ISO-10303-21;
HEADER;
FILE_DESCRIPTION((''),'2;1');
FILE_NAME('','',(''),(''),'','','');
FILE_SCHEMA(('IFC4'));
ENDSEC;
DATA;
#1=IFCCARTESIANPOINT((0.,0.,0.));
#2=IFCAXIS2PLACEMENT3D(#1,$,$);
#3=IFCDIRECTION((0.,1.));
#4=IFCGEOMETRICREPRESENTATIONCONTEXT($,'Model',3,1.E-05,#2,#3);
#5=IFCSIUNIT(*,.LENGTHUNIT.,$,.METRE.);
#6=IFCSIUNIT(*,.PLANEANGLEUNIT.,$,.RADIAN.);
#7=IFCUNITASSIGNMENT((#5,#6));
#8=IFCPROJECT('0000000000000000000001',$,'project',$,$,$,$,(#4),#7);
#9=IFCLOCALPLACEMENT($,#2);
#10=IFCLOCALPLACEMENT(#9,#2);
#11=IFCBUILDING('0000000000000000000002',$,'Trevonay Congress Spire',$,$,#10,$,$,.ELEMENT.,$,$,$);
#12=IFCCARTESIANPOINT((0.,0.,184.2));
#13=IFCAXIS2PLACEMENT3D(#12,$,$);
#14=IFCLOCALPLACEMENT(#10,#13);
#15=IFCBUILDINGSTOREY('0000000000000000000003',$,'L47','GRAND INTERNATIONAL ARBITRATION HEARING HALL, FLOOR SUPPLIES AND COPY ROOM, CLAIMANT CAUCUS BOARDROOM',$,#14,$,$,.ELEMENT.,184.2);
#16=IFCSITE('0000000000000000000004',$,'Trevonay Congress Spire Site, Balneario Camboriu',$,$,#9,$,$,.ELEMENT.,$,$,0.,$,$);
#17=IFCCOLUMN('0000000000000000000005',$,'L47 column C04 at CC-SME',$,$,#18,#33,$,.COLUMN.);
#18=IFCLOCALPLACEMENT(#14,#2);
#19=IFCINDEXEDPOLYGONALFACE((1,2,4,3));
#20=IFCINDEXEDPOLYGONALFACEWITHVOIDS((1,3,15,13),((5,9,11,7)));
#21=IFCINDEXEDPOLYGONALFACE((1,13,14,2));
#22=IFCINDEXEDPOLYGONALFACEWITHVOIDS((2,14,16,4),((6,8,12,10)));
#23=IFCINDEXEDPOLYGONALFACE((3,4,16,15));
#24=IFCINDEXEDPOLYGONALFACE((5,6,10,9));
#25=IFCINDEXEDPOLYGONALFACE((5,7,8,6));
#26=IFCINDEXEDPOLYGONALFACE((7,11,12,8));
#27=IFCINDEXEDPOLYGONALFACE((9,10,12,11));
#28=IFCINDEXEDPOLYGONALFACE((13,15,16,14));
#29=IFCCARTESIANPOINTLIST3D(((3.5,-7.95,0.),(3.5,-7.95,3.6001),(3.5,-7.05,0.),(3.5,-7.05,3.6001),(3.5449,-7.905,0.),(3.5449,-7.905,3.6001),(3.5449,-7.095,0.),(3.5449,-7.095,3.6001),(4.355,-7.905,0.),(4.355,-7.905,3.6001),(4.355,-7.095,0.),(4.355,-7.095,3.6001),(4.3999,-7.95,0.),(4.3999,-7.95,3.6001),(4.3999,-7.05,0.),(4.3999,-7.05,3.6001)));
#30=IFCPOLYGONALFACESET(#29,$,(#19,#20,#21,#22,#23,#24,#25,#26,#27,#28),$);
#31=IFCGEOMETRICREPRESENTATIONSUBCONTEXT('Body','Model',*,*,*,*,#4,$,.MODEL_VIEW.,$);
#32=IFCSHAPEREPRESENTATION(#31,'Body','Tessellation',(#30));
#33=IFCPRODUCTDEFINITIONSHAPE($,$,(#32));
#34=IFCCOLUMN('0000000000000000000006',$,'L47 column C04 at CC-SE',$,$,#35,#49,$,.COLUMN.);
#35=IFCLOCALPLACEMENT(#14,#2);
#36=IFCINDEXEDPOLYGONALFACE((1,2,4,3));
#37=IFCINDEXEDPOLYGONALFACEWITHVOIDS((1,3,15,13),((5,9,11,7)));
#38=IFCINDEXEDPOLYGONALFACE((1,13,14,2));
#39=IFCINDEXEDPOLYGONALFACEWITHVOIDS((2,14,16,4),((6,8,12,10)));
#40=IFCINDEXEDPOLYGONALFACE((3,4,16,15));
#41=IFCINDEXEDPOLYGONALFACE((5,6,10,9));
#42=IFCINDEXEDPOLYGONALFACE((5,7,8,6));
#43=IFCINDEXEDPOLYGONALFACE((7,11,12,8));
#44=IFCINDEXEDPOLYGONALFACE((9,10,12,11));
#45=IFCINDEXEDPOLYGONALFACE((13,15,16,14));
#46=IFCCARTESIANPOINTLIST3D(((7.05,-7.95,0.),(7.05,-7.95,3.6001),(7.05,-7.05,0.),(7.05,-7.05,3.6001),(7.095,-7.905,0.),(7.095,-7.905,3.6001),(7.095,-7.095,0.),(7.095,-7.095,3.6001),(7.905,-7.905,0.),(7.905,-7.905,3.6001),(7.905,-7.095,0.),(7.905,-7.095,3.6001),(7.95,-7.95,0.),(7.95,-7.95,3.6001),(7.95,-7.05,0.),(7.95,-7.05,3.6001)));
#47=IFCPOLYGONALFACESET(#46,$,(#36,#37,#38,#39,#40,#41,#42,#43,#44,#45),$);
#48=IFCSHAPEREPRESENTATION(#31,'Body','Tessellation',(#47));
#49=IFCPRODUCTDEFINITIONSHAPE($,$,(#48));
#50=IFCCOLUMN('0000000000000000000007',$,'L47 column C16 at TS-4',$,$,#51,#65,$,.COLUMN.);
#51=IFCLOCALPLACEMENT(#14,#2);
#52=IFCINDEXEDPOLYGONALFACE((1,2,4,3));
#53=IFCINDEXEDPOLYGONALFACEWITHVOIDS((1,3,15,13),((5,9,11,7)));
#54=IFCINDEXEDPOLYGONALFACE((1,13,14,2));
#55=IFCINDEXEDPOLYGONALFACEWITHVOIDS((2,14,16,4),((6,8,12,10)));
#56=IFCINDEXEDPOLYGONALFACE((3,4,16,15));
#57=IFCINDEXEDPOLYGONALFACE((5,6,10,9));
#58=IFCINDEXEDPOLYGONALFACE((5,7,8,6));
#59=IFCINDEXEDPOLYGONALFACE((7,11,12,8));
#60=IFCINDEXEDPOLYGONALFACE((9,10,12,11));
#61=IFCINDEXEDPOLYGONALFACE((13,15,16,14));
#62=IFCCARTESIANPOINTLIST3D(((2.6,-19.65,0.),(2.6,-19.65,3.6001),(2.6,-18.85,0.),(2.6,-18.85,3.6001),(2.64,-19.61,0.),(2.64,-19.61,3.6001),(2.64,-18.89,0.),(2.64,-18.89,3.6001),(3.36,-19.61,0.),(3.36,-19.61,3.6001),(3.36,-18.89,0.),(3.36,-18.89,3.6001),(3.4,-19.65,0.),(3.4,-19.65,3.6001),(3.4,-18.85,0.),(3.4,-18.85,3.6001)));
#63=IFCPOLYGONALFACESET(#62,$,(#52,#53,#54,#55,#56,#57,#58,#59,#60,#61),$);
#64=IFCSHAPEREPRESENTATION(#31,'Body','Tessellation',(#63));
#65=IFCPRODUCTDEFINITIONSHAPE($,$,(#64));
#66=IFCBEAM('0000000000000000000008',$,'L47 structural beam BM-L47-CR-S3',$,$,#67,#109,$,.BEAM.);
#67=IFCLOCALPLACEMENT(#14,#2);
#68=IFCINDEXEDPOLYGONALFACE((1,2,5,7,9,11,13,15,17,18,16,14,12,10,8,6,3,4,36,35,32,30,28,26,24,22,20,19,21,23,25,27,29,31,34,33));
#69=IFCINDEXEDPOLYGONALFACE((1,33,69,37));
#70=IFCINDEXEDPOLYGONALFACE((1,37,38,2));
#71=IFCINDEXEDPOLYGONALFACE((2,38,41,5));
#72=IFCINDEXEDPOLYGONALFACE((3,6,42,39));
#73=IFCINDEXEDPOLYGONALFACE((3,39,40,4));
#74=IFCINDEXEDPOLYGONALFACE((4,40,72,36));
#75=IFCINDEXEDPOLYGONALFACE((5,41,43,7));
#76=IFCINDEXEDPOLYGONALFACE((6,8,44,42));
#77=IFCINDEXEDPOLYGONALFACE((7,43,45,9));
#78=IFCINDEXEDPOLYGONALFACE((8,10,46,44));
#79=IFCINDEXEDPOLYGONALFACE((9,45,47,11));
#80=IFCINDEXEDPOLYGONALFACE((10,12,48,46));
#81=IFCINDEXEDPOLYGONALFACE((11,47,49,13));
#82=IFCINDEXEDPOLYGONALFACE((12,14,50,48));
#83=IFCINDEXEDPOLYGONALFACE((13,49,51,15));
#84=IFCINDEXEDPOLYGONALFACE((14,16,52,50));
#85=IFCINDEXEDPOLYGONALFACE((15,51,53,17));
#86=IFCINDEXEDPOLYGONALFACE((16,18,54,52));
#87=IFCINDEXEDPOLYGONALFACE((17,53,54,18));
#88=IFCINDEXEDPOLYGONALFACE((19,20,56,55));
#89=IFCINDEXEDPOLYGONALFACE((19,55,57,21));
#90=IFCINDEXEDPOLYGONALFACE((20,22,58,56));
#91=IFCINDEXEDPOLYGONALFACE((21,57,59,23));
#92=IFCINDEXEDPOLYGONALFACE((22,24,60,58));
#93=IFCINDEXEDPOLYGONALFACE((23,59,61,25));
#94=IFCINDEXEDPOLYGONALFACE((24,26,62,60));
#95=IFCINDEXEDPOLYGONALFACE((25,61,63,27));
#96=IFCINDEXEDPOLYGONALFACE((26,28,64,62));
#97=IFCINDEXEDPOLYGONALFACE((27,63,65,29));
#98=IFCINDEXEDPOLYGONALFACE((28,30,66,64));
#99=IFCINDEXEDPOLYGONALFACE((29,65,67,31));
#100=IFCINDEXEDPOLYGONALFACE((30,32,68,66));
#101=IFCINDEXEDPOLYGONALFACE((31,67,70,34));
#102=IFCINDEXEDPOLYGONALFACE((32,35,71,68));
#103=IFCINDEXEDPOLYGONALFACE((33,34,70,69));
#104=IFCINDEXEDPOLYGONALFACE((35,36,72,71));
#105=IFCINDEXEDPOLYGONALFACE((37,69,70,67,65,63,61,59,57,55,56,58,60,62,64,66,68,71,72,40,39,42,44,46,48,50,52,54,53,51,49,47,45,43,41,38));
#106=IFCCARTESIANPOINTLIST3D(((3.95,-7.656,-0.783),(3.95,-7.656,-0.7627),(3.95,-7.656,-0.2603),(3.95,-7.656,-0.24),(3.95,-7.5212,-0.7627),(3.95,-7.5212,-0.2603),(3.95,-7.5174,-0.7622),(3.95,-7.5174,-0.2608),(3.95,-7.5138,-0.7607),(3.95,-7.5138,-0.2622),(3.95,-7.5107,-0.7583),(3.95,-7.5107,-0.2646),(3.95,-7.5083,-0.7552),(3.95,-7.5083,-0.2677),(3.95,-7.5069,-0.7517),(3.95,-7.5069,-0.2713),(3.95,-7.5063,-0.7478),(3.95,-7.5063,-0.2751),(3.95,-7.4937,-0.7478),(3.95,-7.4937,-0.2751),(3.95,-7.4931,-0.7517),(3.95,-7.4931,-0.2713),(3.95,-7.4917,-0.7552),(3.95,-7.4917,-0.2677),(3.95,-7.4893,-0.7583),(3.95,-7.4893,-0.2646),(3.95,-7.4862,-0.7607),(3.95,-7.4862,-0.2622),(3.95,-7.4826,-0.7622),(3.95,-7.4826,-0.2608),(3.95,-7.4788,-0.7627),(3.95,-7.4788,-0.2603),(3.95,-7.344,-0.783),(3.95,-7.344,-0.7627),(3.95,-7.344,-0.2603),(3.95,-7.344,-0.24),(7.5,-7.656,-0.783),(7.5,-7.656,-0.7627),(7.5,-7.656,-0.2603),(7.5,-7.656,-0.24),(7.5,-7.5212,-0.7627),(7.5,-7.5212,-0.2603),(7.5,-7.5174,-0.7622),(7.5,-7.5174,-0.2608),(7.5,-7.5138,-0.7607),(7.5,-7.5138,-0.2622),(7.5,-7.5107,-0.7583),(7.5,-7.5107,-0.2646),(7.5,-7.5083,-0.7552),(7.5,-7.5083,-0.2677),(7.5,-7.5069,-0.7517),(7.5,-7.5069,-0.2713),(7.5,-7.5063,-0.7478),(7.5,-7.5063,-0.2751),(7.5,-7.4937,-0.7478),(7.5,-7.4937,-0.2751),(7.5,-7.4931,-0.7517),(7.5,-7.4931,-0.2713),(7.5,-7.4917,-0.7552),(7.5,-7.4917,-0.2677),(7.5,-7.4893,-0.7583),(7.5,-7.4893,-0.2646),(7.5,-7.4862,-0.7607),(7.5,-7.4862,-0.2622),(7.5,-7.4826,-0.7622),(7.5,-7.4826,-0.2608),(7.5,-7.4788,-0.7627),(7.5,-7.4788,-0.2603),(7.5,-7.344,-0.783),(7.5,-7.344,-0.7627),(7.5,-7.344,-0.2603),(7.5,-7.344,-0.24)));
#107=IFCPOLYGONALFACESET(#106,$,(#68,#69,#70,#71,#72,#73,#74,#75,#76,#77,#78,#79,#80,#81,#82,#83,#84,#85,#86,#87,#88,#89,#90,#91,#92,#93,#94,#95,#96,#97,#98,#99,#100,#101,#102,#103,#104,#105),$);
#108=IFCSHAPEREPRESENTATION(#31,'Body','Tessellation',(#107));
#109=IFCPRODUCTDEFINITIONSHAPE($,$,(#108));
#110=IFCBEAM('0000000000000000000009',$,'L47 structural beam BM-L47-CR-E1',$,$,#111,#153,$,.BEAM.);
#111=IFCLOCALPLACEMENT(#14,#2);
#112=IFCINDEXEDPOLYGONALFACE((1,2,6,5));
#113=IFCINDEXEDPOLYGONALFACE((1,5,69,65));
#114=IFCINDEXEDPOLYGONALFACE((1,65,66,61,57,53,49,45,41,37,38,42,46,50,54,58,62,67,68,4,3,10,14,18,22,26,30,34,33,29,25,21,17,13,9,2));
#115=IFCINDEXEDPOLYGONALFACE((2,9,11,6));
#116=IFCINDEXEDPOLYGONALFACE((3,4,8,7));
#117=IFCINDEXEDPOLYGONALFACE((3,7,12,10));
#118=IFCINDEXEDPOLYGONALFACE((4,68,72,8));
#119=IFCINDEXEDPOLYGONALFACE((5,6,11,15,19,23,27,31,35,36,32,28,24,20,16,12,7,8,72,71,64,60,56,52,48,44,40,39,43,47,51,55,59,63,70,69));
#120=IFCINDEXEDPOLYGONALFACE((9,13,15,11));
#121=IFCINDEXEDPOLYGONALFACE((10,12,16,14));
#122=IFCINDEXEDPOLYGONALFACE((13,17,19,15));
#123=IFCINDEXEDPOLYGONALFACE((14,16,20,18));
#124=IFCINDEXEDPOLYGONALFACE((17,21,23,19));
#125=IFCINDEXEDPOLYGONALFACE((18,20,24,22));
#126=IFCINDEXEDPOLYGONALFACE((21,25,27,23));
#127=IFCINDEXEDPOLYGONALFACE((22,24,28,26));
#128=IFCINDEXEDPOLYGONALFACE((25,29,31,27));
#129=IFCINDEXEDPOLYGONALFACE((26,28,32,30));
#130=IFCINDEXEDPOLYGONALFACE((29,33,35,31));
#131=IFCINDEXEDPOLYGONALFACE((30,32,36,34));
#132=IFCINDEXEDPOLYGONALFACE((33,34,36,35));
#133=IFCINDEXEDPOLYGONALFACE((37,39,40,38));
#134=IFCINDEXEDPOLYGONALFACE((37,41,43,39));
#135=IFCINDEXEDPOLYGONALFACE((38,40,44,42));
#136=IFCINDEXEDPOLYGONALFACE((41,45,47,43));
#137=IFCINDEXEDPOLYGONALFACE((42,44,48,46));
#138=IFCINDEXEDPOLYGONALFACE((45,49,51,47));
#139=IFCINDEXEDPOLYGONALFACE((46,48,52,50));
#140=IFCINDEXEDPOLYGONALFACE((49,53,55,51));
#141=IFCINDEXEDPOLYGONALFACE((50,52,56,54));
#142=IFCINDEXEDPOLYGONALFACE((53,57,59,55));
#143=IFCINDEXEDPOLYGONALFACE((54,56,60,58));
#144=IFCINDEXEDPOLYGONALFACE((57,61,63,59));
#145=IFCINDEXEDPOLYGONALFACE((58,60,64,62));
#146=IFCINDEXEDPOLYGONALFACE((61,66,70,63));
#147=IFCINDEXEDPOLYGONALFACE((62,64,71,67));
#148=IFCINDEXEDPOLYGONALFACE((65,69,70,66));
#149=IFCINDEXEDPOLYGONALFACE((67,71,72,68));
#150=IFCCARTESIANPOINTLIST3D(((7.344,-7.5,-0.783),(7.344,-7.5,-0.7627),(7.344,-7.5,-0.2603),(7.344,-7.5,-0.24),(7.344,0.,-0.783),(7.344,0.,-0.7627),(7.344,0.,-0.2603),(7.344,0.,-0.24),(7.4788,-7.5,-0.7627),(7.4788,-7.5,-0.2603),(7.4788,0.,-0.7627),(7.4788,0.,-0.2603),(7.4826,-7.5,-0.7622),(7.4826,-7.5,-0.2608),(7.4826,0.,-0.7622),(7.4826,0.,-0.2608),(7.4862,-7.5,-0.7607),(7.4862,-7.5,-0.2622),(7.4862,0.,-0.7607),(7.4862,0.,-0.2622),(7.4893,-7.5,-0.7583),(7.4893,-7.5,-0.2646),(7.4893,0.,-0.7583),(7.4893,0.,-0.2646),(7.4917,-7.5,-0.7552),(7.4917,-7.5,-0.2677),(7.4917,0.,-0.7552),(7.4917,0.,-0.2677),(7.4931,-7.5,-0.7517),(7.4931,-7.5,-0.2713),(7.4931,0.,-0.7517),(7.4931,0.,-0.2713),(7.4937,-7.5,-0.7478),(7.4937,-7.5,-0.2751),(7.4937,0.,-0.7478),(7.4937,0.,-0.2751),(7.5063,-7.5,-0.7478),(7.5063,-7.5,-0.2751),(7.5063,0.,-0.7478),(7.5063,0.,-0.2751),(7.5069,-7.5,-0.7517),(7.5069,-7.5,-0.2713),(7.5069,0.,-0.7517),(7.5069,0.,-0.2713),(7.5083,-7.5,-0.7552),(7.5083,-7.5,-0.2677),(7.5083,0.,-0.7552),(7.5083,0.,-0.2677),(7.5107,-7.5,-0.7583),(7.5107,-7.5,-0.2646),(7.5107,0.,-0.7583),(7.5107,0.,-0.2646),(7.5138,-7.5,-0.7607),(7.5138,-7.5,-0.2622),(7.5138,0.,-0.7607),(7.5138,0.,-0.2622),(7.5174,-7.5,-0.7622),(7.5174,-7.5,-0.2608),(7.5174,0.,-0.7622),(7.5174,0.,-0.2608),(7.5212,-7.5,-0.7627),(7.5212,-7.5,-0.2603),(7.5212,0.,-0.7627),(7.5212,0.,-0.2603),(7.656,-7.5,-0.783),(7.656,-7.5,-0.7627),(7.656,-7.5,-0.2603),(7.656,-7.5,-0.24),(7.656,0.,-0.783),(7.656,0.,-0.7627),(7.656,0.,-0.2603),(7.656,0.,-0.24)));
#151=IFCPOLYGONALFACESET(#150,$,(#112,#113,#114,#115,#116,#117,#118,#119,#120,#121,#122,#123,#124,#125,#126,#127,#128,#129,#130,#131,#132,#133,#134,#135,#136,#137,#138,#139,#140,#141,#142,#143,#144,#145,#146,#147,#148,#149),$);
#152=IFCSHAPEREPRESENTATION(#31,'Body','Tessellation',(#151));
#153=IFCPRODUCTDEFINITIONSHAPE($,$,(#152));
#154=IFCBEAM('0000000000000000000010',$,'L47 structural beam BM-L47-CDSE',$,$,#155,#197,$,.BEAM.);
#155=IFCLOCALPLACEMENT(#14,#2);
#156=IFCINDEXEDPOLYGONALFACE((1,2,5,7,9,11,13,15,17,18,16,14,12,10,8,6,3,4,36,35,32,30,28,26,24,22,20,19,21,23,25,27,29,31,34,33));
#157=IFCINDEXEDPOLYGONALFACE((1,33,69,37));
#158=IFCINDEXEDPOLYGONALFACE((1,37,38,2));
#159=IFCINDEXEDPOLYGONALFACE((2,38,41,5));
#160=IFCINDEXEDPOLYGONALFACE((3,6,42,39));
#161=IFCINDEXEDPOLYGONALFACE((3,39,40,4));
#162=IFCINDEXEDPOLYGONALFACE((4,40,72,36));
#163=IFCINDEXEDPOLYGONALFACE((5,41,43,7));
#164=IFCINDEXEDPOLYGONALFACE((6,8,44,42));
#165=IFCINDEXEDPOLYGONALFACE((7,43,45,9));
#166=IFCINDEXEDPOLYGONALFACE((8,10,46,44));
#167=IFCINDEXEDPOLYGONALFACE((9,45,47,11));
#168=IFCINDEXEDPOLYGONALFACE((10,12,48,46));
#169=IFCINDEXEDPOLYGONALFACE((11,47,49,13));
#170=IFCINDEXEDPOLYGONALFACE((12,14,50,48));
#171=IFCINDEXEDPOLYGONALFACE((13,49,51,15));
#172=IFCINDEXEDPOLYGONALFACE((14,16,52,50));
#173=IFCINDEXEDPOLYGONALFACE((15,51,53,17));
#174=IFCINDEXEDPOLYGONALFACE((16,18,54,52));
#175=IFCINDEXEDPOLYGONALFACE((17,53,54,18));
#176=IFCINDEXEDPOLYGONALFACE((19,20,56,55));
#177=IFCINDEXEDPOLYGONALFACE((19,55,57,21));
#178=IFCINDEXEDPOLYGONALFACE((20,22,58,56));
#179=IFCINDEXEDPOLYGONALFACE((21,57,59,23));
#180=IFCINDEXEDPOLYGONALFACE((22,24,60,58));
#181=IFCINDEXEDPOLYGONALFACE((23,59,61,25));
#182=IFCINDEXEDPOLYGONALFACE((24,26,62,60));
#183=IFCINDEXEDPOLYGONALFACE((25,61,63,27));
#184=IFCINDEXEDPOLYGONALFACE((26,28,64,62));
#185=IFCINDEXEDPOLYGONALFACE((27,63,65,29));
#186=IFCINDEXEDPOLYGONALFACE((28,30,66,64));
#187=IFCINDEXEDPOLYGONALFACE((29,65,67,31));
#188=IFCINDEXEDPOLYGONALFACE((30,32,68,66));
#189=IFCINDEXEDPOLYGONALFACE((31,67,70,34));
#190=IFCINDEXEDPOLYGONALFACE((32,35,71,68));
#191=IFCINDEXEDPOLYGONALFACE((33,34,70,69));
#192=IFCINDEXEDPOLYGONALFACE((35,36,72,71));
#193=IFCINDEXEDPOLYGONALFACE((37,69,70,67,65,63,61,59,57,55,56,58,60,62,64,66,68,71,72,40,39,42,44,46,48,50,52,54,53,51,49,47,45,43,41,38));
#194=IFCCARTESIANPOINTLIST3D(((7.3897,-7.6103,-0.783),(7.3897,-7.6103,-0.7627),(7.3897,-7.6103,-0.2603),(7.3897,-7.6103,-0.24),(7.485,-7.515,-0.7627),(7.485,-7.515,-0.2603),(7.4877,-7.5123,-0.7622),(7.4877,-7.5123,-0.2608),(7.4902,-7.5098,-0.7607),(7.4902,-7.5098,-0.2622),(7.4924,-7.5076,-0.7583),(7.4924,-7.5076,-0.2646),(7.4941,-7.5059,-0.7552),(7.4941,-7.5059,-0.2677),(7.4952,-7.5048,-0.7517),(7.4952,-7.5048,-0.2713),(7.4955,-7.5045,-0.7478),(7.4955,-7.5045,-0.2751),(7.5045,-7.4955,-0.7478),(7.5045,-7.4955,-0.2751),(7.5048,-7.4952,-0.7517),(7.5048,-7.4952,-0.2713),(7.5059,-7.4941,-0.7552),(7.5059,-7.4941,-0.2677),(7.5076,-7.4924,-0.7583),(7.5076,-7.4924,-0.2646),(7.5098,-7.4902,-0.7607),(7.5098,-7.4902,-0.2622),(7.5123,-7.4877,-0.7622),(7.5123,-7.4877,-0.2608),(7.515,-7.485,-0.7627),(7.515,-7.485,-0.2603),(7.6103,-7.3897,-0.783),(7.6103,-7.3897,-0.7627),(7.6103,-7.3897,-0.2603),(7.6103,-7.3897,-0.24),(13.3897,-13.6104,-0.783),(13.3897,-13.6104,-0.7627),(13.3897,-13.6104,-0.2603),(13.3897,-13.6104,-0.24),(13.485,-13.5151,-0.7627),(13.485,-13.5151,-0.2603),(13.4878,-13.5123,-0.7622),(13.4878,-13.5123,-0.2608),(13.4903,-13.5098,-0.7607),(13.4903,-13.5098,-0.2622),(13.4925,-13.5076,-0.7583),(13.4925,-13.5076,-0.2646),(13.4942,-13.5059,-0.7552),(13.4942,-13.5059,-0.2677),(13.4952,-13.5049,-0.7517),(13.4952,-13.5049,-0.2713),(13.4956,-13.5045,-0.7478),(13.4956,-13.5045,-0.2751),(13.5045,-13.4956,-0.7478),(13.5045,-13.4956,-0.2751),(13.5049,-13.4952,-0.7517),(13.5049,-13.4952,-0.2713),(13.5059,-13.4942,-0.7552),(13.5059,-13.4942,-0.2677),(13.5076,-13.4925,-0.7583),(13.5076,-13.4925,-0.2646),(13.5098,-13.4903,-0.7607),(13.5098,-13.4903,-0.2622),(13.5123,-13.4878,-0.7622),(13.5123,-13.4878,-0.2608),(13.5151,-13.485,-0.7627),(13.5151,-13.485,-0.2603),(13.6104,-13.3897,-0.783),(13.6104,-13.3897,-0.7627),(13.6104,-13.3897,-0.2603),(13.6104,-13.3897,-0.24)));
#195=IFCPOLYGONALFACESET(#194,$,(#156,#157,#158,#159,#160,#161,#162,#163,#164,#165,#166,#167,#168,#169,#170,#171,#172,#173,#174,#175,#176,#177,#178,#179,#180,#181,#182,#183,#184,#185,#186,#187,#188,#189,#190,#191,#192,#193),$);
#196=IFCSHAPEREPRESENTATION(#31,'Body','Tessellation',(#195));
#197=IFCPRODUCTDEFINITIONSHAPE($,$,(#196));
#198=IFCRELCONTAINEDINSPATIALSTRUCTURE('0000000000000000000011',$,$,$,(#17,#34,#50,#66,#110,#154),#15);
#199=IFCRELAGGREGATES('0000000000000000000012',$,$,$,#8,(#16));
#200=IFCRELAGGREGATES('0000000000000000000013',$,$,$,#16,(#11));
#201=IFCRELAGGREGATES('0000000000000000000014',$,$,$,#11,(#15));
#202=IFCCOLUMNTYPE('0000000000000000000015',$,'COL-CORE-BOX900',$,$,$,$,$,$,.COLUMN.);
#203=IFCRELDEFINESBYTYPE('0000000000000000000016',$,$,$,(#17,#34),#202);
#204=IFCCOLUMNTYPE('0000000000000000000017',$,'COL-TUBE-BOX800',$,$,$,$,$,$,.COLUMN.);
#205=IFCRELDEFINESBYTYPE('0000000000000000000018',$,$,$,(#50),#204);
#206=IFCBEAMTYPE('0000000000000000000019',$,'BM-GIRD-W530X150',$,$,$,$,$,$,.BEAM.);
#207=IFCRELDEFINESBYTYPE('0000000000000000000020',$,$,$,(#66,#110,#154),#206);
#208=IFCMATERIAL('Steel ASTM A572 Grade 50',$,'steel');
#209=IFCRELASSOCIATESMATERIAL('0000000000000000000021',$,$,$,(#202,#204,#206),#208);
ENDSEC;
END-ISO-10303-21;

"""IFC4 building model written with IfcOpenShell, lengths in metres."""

from ifc_helpers import new_model, si_unit, direction, frame, origin, origin_2d, place, context, subcontext, project, spatial, hollow_rectangle, i_section, extrude, material, material_profile, profile_set, type_object, element, save


model = new_model("IFC4")

# Units and contexts
model_context = context("Model", 3, precision=1e-05, world=origin(), true_north=direction((0.0, 1.0)))
body_context = subcontext(model_context, "Body", "Model", "MODEL_VIEW")
ifc_project = project(units=[si_unit("LENGTHUNIT", "METRE"), si_unit("PLANEANGLEUNIT", "RADIAN")], contexts=[model_context])

# Site, building, storey
site_placement = place(None, origin())
site = spatial("IfcSite", under=ifc_project, at=site_placement, Name="Trevonay Congress Spire Site, Balneario Camboriu", CompositionType="ELEMENT", RefElevation=0.0)
building_placement = place(site_placement, origin())
building = spatial("IfcBuilding", under=site, at=building_placement, Name="Trevonay Congress Spire", CompositionType="ELEMENT")
storey_placement = place(building_placement, frame((0.0, 0.0, 184.2)))
storey = spatial("IfcBuildingStorey", under=building, at=storey_placement, Name="L47", Description="GRAND INTERNATIONAL ARBITRATION HEARING HALL, FLOOR SUPPLIES AND COPY ROOM, CLAIMANT CAUCUS BOARDROOM", CompositionType="ELEMENT", Elevation=184.2)

# Columns
ifc_material_1 = material(Name="Steel ASTM A572 Grade 50", Category="steel")
ifc_material_profile_1 = material_profile(ifc_material_1, hollow_rectangle(XDim=0.8999, YDim=0.8999, WallThickness=0.0449, at=origin_2d()), Name="BOX 900x900x45")
ifc_profile_set_1 = profile_set([ifc_material_profile_1], Name="Steel ASTM A572 Grade 50")
column_type_1 = type_object("IfcColumnType", Name="COL-CORE-BOX900", PredefinedType="COLUMN", material=ifc_profile_set_1)
for number, where, z_axis, x_axis, name in (
    (1, (3.95, -7.5, 0.0), (0.0, 0.0, 1.0), (1.0, 0.0, 0.0), "L47 column C04 at CC-SME"),
    (2, (7.5, -7.5, 0.0), (0.0, 0.0, 1.0), (1.0, 0.0, 0.0), "L47 column C04 at CC-SE"),
):
    element("IfcColumn", number, at=place(storey_placement, frame(where, z_axis=z_axis, x_axis=x_axis)), inside=storey, type_object=column_type_1, Name=name, PredefinedType="COLUMN", context=body_context, shape_type="SweptSolid", body=[
        extrude(hollow_rectangle(XDim=0.8999, YDim=0.8999, WallThickness=0.0449, at=origin_2d()), origin(), (0.0, 0.0, 1.0), 3.6001),
    ])
ifc_material_profile_2 = material_profile(ifc_material_1, hollow_rectangle(XDim=0.8, YDim=0.8, WallThickness=0.04, at=origin_2d()), Name="BOX 800x800x40")
ifc_profile_set_2 = profile_set([ifc_material_profile_2], Name="Steel ASTM A572 Grade 50")
column_type_2 = type_object("IfcColumnType", Name="COL-TUBE-BOX800", PredefinedType="COLUMN", material=ifc_profile_set_2)
column_placement = place(storey_placement, frame((3.0, -19.25, 0.0), z_axis=(0.0, 0.0, 1.0), x_axis=(1.0, 0.0, 0.0)))
element("IfcColumn", 3, at=column_placement, inside=storey, type_object=column_type_2, Name="L47 column C16 at TS-4", PredefinedType="COLUMN", context=body_context, shape_type="SweptSolid", body=[
    extrude(hollow_rectangle(XDim=0.8, YDim=0.8, WallThickness=0.04, at=origin_2d()), origin(), (0.0, 0.0, 1.0), 3.6001),
])

# Beams
ifc_material_profile_3 = material_profile(ifc_material_1, i_section(OverallWidth=0.312, OverallDepth=0.543, WebThickness=0.0127, FlangeThickness=0.0203, FilletRadius=0.0149, at=origin_2d()), Name="W530x150")
ifc_profile_set_3 = profile_set([ifc_material_profile_3], Name="Steel ASTM A572 Grade 50")
beam_type_1 = type_object("IfcBeamType", Name="BM-GIRD-W530X150", PredefinedType="BEAM", material=ifc_profile_set_3)
beam_1_placement = place(storey_placement, frame((3.95, -7.5, -0.5115), z_axis=(1.0, 0.0, 0.0), x_axis=(0.0, 1.0, 0.0)))
element("IfcBeam", 4, at=beam_1_placement, inside=storey, type_object=beam_type_1, Name="L47 structural beam BM-L47-CR-S3", PredefinedType="BEAM", context=body_context, shape_type="SweptSolid", body=[
    extrude(i_section(OverallWidth=0.312, OverallDepth=0.543, WebThickness=0.0127, FlangeThickness=0.0203, FilletRadius=0.0149, at=origin_2d()), origin(), (0.0, 0.0, 1.0), 3.55),
])
beam_2_placement = place(storey_placement, frame((7.5, -7.5, -0.5115), z_axis=(0.0, 1.0, 0.0), x_axis=(-1.0, 0.0, 0.0)))
element("IfcBeam", 5, at=beam_2_placement, inside=storey, type_object=beam_type_1, Name="L47 structural beam BM-L47-CR-E1", PredefinedType="BEAM", context=body_context, shape_type="SweptSolid", body=[
    extrude(i_section(OverallWidth=0.312, OverallDepth=0.543, WebThickness=0.0127, FlangeThickness=0.0203, FilletRadius=0.0149, at=origin_2d()), origin(), (0.0, 0.0, 1.0), 7.5),
])
beam_3_placement = place(storey_placement, frame((7.5, -7.5, -0.5115), z_axis=(0.707107, -0.707107, 0.0), x_axis=(0.707107, 0.707107, 0.0)))
element("IfcBeam", 6, at=beam_3_placement, inside=storey, type_object=beam_type_1, Name="L47 structural beam BM-L47-CDSE", PredefinedType="BEAM", context=body_context, shape_type="SweptSolid", body=[
    extrude(i_section(OverallWidth=0.312, OverallDepth=0.543, WebThickness=0.0127, FlangeThickness=0.0203, FilletRadius=0.0149, at=origin_2d()), origin(), (0.0, 0.0, 1.0), 8.4854),
])

save(model, "model.ifc")
